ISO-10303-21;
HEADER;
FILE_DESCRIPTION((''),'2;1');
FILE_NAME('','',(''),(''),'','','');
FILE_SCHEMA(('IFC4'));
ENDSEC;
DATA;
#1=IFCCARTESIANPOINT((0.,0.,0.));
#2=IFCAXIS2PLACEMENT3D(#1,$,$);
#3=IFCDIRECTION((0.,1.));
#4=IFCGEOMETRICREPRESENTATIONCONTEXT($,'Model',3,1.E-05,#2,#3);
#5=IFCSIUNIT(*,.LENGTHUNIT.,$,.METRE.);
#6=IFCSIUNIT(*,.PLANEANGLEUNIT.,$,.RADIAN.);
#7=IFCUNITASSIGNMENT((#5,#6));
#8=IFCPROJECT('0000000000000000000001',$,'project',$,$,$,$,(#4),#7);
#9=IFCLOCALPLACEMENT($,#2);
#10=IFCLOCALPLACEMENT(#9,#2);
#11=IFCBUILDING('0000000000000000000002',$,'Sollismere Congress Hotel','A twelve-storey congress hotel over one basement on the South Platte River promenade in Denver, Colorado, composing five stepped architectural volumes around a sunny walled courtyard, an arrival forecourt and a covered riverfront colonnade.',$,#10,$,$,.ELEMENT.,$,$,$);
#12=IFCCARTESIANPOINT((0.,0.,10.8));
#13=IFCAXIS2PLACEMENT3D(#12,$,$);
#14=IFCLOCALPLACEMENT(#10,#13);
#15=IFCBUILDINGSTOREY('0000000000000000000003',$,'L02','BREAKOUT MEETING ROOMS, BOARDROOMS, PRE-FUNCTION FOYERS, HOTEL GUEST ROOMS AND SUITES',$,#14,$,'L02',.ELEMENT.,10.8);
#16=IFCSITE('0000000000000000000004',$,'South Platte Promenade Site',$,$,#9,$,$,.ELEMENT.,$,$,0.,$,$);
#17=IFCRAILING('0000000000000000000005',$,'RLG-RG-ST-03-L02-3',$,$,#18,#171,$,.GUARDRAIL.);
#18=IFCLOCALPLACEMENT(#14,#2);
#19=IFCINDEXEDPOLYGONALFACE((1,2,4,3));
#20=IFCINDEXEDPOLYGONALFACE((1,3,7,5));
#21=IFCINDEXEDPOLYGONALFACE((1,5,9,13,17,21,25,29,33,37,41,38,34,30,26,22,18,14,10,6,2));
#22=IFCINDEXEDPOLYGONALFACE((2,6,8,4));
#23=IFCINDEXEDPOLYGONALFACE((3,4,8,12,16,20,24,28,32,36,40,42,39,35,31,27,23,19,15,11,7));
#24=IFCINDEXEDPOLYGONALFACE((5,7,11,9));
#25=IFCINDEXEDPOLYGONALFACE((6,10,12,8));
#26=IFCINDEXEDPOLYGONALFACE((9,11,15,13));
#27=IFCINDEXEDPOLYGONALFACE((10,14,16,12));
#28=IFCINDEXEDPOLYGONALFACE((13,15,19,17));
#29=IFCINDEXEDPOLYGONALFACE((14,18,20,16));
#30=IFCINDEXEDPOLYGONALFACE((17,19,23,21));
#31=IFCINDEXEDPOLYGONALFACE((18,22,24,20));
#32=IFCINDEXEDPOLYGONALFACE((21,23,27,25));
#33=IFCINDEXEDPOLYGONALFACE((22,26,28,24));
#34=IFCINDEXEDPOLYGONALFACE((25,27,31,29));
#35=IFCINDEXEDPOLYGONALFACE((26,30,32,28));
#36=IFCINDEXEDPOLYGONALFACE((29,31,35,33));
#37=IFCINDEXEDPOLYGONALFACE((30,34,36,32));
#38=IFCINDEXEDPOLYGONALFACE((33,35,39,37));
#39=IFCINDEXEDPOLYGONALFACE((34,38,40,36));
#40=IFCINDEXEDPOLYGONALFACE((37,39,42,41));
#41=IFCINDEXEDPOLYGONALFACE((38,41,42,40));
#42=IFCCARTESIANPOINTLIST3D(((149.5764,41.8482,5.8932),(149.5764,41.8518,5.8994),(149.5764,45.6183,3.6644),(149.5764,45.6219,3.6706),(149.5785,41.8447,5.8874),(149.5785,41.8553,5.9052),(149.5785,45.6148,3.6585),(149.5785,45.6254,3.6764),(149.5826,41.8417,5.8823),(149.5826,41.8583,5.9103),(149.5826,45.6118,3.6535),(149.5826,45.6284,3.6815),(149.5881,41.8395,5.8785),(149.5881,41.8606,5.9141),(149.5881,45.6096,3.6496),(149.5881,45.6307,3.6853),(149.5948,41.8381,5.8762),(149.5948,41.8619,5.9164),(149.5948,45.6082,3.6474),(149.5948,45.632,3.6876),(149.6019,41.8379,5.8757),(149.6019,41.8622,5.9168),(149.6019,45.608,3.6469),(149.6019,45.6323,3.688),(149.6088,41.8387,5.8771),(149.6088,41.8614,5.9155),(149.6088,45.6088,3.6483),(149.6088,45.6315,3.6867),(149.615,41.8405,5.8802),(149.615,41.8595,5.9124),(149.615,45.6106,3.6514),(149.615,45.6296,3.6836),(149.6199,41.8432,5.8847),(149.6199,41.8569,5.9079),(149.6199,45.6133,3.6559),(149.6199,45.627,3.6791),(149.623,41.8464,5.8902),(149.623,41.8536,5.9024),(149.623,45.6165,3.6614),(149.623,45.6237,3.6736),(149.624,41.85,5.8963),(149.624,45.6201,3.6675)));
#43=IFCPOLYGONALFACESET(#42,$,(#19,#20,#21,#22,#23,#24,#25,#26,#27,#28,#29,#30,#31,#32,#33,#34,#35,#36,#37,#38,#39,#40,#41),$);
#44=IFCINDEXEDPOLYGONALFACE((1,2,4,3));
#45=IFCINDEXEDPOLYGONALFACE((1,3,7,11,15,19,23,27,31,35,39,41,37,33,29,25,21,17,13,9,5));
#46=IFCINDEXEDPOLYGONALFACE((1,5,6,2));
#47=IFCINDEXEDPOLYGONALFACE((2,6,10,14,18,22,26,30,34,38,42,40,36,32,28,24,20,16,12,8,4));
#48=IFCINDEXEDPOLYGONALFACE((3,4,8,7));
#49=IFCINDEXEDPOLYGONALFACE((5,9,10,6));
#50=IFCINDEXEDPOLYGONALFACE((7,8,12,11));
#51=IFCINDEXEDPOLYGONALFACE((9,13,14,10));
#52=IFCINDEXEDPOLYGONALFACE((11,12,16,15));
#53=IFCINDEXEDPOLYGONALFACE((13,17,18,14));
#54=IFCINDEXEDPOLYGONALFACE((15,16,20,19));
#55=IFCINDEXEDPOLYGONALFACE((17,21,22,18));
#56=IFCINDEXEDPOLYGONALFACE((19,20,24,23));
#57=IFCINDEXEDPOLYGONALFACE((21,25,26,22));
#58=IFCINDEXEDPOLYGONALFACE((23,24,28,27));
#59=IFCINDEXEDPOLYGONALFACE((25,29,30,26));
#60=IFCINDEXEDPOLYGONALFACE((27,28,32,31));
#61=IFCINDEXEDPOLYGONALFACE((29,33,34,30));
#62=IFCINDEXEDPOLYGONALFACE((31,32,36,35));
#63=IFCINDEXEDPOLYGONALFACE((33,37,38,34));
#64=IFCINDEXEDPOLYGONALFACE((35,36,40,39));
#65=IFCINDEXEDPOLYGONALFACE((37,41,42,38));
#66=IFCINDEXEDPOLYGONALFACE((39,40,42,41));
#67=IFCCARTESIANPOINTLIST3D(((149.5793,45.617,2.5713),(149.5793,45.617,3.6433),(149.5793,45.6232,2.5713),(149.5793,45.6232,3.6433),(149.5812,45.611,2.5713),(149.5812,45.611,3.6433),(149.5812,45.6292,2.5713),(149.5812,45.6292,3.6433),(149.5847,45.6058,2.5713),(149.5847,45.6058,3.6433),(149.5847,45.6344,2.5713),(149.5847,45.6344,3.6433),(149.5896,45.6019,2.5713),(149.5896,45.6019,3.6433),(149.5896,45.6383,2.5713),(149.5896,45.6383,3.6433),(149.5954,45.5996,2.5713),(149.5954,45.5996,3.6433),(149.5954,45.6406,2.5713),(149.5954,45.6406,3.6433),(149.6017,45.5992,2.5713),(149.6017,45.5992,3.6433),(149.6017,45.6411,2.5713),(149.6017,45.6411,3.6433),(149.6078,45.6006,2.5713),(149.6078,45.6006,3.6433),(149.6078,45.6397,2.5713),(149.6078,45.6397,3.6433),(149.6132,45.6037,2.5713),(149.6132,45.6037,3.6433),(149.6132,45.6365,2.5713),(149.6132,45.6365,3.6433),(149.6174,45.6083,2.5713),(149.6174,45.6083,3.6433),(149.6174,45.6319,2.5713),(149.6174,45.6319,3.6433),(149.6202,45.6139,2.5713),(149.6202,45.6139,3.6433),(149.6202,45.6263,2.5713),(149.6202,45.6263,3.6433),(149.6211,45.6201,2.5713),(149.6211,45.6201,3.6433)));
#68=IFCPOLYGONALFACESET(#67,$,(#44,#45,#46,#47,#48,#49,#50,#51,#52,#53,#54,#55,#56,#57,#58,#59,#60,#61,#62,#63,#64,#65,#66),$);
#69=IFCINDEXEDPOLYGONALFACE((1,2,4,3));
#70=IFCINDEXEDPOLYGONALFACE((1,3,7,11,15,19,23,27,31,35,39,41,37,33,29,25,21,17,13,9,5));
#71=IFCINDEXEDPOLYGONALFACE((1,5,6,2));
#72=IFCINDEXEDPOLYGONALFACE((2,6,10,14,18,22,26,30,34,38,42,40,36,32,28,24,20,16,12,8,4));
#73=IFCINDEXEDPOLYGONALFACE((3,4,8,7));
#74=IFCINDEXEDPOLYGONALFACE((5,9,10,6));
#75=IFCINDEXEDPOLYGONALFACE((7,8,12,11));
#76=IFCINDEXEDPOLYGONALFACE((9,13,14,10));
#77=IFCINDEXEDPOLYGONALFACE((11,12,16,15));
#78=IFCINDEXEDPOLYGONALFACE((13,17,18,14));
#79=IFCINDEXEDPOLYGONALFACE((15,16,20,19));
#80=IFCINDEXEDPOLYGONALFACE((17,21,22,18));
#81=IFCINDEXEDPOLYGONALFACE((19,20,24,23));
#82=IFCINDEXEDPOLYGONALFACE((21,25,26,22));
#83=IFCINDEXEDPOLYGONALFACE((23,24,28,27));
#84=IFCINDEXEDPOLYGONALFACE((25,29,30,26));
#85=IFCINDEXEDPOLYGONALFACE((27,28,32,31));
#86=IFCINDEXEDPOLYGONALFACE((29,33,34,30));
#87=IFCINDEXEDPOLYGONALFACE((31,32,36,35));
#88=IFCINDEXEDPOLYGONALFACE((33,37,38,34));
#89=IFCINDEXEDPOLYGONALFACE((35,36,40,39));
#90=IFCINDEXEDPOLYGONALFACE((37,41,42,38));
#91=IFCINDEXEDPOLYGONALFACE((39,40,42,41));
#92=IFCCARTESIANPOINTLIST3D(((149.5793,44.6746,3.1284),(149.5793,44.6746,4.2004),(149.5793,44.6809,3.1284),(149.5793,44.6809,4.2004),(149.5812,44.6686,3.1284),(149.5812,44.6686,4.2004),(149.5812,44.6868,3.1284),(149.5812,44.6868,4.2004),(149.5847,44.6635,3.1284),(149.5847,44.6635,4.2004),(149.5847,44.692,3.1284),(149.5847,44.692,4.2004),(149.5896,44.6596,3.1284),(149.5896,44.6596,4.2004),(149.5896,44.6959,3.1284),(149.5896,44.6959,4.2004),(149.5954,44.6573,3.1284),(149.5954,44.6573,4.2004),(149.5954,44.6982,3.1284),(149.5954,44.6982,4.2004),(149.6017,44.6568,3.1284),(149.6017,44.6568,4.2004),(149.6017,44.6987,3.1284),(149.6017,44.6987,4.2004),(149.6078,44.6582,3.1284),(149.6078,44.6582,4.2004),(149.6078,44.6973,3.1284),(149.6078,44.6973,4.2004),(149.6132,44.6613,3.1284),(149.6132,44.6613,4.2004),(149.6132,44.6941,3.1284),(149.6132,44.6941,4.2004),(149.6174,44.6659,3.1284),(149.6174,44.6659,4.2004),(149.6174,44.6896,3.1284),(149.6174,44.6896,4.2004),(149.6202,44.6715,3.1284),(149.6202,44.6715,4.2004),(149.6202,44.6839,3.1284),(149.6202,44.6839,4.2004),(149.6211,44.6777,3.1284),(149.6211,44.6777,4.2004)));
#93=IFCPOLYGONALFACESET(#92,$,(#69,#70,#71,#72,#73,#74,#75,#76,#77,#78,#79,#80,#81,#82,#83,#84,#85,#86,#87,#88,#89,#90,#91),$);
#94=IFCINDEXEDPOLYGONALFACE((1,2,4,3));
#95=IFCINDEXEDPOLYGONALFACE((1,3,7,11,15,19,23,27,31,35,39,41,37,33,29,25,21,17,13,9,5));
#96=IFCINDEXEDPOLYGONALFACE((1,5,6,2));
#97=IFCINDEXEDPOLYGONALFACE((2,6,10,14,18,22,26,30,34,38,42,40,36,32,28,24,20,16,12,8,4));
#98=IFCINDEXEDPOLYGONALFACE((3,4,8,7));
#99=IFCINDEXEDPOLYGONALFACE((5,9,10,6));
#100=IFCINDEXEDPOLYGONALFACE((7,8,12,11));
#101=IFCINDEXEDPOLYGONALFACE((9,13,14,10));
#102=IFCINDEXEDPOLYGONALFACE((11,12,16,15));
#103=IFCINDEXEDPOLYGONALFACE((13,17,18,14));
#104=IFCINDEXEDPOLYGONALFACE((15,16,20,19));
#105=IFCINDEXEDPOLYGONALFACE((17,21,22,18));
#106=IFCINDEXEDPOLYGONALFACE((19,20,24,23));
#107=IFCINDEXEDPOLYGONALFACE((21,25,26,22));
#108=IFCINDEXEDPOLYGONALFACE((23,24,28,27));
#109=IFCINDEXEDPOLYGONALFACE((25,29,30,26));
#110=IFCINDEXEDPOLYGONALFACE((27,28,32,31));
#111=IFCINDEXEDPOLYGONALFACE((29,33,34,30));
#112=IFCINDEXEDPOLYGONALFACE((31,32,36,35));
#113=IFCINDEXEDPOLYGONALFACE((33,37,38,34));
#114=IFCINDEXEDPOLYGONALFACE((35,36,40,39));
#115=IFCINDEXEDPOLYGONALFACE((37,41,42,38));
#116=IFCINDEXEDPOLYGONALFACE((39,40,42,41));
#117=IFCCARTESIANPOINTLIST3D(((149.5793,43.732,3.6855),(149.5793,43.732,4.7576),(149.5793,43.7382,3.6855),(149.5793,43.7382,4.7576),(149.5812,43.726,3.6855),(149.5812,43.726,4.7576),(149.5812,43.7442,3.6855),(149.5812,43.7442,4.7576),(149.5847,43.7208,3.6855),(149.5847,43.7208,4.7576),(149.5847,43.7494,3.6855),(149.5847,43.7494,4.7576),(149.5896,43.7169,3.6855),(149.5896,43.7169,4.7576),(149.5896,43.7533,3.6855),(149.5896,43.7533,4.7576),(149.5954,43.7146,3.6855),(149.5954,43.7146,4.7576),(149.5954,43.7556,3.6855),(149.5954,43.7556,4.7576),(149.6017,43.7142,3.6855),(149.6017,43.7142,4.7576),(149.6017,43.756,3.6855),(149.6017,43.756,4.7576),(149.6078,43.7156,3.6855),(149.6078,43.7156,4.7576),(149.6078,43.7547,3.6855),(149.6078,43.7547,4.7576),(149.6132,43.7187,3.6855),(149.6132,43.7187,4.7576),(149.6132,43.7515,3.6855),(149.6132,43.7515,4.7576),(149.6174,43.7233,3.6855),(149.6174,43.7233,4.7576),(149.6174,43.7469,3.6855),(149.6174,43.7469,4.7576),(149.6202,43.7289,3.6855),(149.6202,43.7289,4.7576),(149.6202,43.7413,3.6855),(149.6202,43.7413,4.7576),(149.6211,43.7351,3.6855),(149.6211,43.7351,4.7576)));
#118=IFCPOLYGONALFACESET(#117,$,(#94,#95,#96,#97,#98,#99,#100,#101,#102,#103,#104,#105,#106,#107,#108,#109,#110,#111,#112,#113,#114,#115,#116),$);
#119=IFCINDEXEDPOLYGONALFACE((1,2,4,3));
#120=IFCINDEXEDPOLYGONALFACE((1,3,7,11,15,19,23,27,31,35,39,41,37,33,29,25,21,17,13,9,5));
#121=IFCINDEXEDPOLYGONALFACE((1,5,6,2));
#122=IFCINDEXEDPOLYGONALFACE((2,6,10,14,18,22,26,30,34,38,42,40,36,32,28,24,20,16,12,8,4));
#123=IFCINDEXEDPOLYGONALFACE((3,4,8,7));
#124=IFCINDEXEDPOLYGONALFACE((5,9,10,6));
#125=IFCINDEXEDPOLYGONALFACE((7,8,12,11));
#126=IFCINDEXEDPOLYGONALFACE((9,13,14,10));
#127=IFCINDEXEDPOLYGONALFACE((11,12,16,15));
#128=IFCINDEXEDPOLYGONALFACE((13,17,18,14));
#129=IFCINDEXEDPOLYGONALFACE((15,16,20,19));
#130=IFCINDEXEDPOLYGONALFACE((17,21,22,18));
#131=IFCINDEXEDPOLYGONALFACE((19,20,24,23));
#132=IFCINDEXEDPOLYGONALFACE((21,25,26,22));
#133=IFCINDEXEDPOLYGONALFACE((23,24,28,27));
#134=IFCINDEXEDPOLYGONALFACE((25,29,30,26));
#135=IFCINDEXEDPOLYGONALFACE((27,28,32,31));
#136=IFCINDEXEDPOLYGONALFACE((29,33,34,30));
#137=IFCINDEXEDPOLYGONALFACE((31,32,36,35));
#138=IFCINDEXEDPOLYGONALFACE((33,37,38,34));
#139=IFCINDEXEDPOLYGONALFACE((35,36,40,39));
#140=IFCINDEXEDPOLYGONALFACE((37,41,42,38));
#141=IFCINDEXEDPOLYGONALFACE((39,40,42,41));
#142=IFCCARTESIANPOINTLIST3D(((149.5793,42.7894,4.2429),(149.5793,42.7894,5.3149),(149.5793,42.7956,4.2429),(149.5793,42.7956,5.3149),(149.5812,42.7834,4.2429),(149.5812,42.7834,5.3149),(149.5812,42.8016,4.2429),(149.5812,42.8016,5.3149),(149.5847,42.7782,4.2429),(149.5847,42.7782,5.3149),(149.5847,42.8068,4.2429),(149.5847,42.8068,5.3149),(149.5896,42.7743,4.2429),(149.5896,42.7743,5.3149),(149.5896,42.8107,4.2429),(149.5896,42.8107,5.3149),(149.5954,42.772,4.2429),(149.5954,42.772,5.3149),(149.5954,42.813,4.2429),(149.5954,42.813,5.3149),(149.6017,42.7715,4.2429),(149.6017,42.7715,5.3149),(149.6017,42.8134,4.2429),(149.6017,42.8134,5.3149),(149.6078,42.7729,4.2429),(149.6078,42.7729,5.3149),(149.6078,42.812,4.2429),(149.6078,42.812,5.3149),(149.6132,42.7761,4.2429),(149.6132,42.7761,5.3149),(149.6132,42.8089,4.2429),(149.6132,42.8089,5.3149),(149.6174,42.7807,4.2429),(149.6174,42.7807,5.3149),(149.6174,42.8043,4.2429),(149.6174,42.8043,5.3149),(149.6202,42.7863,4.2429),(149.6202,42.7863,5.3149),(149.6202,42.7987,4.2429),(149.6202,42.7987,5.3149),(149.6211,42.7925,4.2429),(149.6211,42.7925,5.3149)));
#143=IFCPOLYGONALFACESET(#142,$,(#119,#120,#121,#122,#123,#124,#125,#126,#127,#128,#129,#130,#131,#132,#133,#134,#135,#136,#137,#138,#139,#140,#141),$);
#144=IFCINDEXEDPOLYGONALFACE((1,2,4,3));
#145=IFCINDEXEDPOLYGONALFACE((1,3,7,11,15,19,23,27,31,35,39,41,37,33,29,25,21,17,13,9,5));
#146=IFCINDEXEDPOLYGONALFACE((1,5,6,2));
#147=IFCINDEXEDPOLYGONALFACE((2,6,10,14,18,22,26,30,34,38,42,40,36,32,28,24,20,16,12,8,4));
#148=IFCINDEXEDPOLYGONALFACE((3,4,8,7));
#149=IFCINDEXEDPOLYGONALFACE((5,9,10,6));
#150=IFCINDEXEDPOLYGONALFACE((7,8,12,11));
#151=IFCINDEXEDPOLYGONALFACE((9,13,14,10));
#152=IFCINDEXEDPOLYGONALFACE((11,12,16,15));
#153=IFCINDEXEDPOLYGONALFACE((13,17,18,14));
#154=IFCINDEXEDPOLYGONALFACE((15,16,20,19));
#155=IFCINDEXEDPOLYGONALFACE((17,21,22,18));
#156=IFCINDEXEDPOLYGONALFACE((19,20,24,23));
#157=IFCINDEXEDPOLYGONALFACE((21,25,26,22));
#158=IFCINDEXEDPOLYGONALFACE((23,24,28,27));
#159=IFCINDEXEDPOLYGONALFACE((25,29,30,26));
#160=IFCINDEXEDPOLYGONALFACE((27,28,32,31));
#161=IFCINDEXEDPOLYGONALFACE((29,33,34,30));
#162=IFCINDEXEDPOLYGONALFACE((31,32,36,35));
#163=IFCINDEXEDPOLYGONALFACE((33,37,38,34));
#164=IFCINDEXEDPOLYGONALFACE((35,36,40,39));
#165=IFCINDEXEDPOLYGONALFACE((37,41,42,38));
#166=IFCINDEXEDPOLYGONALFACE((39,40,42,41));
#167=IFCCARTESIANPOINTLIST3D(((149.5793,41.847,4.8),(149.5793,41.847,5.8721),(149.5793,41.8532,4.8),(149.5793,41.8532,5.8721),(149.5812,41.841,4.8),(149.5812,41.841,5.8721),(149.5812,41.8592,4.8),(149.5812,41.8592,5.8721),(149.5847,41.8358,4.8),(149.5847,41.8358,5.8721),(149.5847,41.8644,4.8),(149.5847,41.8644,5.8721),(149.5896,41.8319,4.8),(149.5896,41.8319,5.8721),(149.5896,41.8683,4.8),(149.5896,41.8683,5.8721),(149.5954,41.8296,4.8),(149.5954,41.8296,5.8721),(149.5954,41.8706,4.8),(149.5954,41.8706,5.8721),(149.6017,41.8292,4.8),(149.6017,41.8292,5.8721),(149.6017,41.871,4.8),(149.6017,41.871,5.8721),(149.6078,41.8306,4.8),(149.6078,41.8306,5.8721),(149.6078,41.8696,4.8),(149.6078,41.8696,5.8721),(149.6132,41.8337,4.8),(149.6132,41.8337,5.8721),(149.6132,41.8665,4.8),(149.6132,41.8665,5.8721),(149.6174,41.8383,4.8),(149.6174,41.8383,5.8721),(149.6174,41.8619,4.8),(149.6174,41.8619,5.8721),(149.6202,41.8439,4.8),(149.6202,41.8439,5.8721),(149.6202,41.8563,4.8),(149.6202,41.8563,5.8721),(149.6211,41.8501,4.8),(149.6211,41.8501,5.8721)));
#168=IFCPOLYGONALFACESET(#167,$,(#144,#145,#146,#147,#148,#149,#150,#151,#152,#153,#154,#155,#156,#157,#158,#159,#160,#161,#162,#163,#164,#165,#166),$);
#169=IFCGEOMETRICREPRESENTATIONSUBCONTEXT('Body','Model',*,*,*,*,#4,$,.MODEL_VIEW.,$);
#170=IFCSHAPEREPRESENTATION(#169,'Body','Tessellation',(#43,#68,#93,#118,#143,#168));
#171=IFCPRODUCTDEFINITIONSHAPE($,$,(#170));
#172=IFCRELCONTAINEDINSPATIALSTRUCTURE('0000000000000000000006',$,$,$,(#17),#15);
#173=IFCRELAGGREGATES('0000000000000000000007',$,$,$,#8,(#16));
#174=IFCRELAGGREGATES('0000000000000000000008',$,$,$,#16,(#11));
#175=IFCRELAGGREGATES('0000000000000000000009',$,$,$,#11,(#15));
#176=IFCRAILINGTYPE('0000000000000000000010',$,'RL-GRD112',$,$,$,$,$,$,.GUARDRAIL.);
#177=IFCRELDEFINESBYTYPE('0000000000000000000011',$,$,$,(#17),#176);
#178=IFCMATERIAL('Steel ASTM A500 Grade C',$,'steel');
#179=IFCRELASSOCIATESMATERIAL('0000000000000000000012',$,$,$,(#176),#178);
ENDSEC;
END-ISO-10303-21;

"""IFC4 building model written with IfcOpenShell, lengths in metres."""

from ifc_helpers import new_model, si_unit, direction, frame, origin, origin_2d, place, context, subcontext, project, spatial, circle, extrude, material, type_object, element, save


model = new_model("IFC4")

# Units and contexts
model_context = context("Model", 3, precision=1e-05, world=origin(), true_north=direction((0.0, 1.0)))
body_context = subcontext(model_context, "Body", "Model", "MODEL_VIEW")
ifc_project = project(units=[si_unit("LENGTHUNIT", "METRE"), si_unit("PLANEANGLEUNIT", "RADIAN")], contexts=[model_context])

# Site, building, storey
site_placement = place(None, origin())
site = spatial("IfcSite", under=ifc_project, at=site_placement, Name="South Platte Promenade Site", CompositionType="ELEMENT", RefElevation=0.0)
building_placement = place(site_placement, origin())
building = spatial("IfcBuilding", under=site, at=building_placement, Name="Sollismere Congress Hotel", Description="A twelve-storey congress hotel over one basement on the South Platte River promenade in Denver, Colorado, composing five stepped architectural volumes around a sunny walled courtyard, an arrival forecourt and a covered riverfront colonnade.", CompositionType="ELEMENT")
storey_placement = place(building_placement, frame((0.0, 0.0, 10.8)))
storey = spatial("IfcBuildingStorey", under=building, at=storey_placement, Name="L02", Description="BREAKOUT MEETING ROOMS, BOARDROOMS, PRE-FUNCTION FOYERS, HOTEL GUEST ROOMS AND SUITES", LongName="L02", CompositionType="ELEMENT", Elevation=10.8)

# Railing
ifc_material_1 = material(Name="Steel ASTM A500 Grade C", Category="steel")
railing_type_1 = type_object("IfcRailingType", Name="RL-GRD112", PredefinedType="GUARDRAIL", material=ifc_material_1)
railing_1_placement = place(storey_placement, frame((149.6001, 45.6201, 2.5713)))
element("IfcRailing", 1, at=railing_1_placement, inside=storey, type_object=railing_type_1, Name="RLG-RG-ST-03-L02-3", PredefinedType="GUARDRAIL", context=body_context, shape_type="SweptSolid", body=[
    extrude(circle(Radius=0.0239, at=origin_2d()), frame((0.0, 0.0, 1.0962), z_axis=(0.0, -0.860824, 0.508902), x_axis=(1.0, 0.0, 0.0)), (0.0, 0.0, 1.0), 4.3796),
    extrude(circle(Radius=0.021, at=origin_2d()), origin(), (0.0, 0.0, 1.0), 1.072),
    extrude(circle(Radius=0.021, at=origin_2d()), frame((0.0, -0.9424, 0.5571)), (0.0, 0.0, 1.0), 1.072),
    extrude(circle(Radius=0.021, at=origin_2d()), frame((0.0, -1.885, 1.1143)), (0.0, 0.0, 1.0), 1.072),
    extrude(circle(Radius=0.021, at=origin_2d()), frame((0.0, -2.8276, 1.6716)), (0.0, 0.0, 1.0), 1.072),
    extrude(circle(Radius=0.021, at=origin_2d()), frame((0.0, -3.77, 2.2288)), (0.0, 0.0, 1.0), 1.072),
])

save(model, "model.ifc")
